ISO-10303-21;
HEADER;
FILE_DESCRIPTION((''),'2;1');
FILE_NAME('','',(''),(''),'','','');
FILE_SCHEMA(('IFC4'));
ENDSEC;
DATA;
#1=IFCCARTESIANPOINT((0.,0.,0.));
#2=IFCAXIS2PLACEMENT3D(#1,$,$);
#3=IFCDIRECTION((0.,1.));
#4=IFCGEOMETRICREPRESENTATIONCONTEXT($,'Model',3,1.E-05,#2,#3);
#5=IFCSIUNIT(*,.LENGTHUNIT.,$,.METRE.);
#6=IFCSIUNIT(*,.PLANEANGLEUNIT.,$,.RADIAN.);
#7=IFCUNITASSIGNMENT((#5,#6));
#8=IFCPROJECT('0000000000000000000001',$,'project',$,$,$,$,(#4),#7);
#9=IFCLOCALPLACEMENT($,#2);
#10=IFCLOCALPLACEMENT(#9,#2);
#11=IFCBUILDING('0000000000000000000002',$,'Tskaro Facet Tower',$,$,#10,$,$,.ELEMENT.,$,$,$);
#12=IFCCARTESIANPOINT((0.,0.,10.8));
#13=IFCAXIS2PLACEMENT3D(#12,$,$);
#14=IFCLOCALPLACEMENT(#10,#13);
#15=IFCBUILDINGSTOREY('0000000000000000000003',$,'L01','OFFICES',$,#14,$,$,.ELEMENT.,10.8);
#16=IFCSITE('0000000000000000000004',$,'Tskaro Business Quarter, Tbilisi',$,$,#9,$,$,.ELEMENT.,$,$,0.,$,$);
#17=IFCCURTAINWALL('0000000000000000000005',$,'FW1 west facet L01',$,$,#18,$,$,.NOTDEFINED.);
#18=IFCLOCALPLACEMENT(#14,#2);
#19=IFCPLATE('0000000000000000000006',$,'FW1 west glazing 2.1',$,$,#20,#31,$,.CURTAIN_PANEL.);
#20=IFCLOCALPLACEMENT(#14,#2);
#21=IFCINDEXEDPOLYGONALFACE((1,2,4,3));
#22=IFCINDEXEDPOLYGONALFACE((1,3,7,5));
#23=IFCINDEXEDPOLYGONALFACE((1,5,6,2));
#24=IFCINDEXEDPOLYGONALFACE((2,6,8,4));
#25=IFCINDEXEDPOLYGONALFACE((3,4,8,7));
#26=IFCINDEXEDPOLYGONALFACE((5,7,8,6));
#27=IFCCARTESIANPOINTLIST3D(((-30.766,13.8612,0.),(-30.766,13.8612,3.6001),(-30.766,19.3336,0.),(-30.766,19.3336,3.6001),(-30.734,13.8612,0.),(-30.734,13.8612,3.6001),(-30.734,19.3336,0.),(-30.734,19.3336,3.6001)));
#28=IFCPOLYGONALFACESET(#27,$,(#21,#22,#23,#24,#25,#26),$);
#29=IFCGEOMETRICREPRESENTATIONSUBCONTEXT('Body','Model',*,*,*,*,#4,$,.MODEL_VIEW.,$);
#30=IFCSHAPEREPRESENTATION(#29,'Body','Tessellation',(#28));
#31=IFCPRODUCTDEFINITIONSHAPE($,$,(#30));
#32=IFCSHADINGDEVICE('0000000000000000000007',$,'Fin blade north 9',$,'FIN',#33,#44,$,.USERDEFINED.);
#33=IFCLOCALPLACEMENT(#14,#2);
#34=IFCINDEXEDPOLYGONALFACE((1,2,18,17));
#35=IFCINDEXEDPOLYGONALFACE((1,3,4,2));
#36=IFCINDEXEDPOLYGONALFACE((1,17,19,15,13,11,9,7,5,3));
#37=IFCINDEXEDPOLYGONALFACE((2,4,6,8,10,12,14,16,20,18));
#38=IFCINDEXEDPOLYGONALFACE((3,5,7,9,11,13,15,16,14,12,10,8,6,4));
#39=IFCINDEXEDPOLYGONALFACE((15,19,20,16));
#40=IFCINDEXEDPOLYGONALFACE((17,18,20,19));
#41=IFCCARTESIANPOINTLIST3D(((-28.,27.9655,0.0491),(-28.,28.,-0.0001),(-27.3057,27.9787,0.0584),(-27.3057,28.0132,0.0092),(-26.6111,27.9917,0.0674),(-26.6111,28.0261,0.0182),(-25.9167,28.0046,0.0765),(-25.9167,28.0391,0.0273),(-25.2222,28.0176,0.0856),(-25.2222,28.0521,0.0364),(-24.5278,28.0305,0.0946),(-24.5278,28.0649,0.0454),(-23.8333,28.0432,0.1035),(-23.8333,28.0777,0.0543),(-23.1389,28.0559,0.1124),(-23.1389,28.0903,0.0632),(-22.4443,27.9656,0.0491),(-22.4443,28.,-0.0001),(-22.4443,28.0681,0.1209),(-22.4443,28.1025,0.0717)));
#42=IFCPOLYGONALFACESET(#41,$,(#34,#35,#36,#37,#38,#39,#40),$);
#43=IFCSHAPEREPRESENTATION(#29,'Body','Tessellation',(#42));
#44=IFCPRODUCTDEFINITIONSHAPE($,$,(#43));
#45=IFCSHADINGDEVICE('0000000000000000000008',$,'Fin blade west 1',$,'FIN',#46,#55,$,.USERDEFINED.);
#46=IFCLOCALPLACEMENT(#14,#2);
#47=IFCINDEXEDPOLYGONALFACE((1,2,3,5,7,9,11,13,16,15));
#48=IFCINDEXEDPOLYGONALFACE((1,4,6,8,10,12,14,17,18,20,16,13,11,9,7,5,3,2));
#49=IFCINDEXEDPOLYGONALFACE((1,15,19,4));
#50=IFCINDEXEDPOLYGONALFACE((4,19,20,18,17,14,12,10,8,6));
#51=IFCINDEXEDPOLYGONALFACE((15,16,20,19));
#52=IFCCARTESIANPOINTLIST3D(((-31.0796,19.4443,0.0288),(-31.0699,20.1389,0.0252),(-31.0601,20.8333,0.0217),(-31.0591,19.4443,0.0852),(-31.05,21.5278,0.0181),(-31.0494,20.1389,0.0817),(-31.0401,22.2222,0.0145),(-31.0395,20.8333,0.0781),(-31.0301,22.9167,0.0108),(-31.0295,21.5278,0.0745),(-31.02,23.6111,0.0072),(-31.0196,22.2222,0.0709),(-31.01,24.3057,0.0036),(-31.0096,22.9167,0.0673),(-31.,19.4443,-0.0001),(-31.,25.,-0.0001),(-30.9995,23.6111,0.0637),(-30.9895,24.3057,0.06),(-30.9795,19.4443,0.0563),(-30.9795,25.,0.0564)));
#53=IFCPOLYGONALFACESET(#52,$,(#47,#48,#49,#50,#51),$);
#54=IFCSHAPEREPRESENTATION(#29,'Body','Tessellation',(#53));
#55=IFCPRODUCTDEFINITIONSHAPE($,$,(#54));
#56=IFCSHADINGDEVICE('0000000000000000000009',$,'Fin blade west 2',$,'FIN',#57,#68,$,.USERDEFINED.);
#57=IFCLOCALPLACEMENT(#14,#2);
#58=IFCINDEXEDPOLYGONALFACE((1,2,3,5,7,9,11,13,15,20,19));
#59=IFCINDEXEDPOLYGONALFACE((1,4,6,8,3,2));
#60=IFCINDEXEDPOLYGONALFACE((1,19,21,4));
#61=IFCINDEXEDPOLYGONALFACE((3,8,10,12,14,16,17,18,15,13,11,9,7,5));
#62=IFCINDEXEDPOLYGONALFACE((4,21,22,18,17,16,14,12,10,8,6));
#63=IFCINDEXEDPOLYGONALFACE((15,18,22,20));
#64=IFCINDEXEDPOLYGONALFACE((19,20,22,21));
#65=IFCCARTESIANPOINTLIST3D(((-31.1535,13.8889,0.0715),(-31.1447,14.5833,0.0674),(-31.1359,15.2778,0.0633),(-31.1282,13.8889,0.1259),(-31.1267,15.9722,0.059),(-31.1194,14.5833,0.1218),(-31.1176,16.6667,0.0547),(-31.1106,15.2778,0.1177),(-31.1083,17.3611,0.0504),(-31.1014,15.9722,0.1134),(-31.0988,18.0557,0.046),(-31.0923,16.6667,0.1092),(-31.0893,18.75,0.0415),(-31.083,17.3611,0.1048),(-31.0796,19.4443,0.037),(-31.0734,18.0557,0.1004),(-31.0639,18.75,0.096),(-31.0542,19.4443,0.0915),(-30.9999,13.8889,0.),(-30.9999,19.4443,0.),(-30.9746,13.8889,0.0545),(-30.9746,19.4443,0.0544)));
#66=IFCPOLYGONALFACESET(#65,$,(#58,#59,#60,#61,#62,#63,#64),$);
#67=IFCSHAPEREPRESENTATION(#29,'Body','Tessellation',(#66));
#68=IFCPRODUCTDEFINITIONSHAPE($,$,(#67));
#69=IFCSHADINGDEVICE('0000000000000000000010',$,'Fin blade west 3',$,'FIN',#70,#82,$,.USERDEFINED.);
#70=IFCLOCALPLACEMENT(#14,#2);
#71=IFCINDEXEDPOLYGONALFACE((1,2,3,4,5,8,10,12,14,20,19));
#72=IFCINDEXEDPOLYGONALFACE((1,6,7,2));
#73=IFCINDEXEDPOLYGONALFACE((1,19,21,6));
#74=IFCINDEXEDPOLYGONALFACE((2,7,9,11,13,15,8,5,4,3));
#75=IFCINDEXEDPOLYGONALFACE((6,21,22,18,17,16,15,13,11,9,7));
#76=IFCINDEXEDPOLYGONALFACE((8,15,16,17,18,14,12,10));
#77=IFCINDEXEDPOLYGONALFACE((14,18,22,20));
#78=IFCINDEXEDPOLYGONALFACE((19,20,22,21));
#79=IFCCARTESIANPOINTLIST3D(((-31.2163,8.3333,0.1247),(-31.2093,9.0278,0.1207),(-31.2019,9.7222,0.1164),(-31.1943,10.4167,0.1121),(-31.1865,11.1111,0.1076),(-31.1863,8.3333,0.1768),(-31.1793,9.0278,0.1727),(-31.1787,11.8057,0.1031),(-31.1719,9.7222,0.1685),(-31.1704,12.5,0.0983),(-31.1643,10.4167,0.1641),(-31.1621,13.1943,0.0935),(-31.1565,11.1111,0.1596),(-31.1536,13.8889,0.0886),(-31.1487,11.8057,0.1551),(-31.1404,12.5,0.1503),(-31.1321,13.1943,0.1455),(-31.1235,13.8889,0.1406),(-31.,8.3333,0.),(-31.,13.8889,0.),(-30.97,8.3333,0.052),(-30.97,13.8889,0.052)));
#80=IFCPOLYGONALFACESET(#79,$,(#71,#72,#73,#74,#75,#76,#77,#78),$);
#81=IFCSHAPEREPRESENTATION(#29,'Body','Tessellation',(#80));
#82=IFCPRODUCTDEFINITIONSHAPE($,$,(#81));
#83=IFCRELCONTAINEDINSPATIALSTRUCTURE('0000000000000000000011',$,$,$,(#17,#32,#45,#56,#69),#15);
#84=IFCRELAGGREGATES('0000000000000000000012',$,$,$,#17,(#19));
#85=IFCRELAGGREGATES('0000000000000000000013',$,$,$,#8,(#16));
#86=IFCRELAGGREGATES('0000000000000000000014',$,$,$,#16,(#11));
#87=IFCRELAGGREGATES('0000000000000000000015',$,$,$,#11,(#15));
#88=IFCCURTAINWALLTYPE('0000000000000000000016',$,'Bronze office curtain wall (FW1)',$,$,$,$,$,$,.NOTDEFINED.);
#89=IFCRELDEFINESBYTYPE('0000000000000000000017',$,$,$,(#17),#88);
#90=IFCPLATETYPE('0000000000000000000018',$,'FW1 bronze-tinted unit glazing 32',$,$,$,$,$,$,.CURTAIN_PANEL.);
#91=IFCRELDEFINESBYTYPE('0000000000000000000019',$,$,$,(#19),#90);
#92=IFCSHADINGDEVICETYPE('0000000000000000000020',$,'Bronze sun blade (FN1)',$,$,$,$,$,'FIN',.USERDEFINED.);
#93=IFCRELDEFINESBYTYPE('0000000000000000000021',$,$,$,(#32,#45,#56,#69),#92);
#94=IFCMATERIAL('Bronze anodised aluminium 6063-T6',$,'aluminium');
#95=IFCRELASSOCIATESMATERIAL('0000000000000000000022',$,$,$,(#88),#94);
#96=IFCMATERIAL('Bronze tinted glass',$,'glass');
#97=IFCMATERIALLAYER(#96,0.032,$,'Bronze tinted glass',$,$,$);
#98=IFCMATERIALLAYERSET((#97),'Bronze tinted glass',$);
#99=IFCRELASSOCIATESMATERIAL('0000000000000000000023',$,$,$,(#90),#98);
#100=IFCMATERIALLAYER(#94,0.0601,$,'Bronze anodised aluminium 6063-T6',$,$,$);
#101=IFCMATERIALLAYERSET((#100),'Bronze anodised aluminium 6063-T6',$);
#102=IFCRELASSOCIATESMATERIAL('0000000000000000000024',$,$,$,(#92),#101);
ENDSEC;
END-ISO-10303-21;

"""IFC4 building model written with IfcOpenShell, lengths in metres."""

from ifc_helpers import new_model, si_unit, direction, frame, origin, origin_2d, place, context, subcontext, project, spatial, polyline, rectangle, outline, extrude, material, layer, layer_set, type_object, element, aggregate, save


model = new_model("IFC4")

# Units and contexts
model_context = context("Model", 3, precision=1e-05, world=origin(), true_north=direction((0.0, 1.0)))
body_context = subcontext(model_context, "Body", "Model", "MODEL_VIEW")
ifc_project = project(units=[si_unit("LENGTHUNIT", "METRE"), si_unit("PLANEANGLEUNIT", "RADIAN")], contexts=[model_context])

# Site, building, storey
site_placement = place(None, origin())
site = spatial("IfcSite", under=ifc_project, at=site_placement, Name="Tskaro Business Quarter, Tbilisi", CompositionType="ELEMENT", RefElevation=0.0)
building_placement = place(site_placement, origin())
building = spatial("IfcBuilding", under=site, at=building_placement, Name="Tskaro Facet Tower", CompositionType="ELEMENT")
storey_placement = place(building_placement, frame((0.0, 0.0, 10.8)))
storey = spatial("IfcBuildingStorey", under=building, at=storey_placement, Name="L01", Description="OFFICES", CompositionType="ELEMENT", Elevation=10.8)

# Curtain wall
ifc_material_1 = material(Name="Bronze anodised aluminium 6063-T6", Category="aluminium")
curtain_wall_type = type_object("IfcCurtainWallType", Name="Bronze office curtain wall (FW1)", PredefinedType="NOTDEFINED", material=ifc_material_1)
curtain_wall_1_placement = place(storey_placement, origin())
curtain_wall_1 = element("IfcCurtainWall", 1, at=curtain_wall_1_placement, inside=storey, type_object=curtain_wall_type, Name="FW1 west facet L01", PredefinedType="NOTDEFINED")

# Plate
ifc_material_2 = material(Name="Bronze tinted glass", Category="glass")
ifc_layer_1 = layer(ifc_material_2, 0.032, Name="Bronze tinted glass")
ifc_layer_set_1 = layer_set([ifc_layer_1], Name="Bronze tinted glass")
plate_type = type_object("IfcPlateType", Name="FW1 bronze-tinted unit glazing 32", PredefinedType="CURTAIN_PANEL", material=ifc_layer_set_1)
plate_1_placement = place(storey_placement, frame((-30.75, 16.5974, 0.0), z_axis=(0.0, 0.0, 1.0), x_axis=(0.0, -1.0, 0.0)))
plate_1 = element("IfcPlate", 2, at=plate_1_placement, type_object=plate_type, Name="FW1 west glazing 2.1", PredefinedType="CURTAIN_PANEL", context=body_context, shape_type="SweptSolid", body=[
    extrude(rectangle(XDim=5.4724, YDim=0.032, at=origin_2d()), origin(), (0.0, 0.0, 1.0), 3.6001),
])
aggregate(curtain_wall_1, [plate_1])

# Shading devices
ifc_layer_2 = layer(ifc_material_1, 0.0601, Name="Bronze anodised aluminium 6063-T6")
ifc_layer_set_2 = layer_set([ifc_layer_2], Name="Bronze anodised aluminium 6063-T6")
shading_device_type = type_object("IfcShadingDeviceType", Name="Bronze sun blade (FN1)", ElementType="FIN", PredefinedType="USERDEFINED", material=ifc_layer_set_2)
shading_device_1_placement = place(storey_placement, frame((-22.4443, 27.9656, 0.0491), z_axis=(0.000013, -0.573915, 0.818915), x_axis=(-1.0, -0.000007, 0.00001)))
element("IfcShadingDevice", 3, at=shading_device_1_placement, inside=storey, type_object=shading_device_type, Name="Fin blade north 9", ObjectType="FIN", PredefinedType="USERDEFINED", context=body_context, shape_type="SweptSolid", body=[
    extrude(outline(polyline([(0.0, 0.0), (5.5557, 0.0), (4.8613, -0.0161), (4.1667, -0.0319), (3.4724, -0.0477), (2.7778, -0.0636), (2.0835, -0.0792), (1.3889, -0.0948), (0.6946, -0.1103), (0.0, -0.1252), (0.0, 0.0)])), origin(), (0.0, 0.0, -1.0), 0.0601),
])
shading_device_2_placement = place(storey_placement, frame((-30.9795, 25.0, 0.0564), z_axis=(0.341513, -0.000019, 0.939877), x_axis=(-0.000006, -1.0, -0.000018)))
element("IfcShadingDevice", 4, at=shading_device_2_placement, inside=storey, type_object=shading_device_type, Name="Fin blade west 1", ObjectType="FIN", PredefinedType="USERDEFINED", context=body_context, shape_type="SweptSolid", body=[
    extrude(outline(polyline([(0.0, 0.0), (5.5557, 0.0), (5.5557, -0.0846), (4.8611, -0.0743), (4.1667, -0.0639), (3.4722, -0.0532), (2.7778, -0.0426), (2.0833, -0.032), (1.3889, -0.0213), (0.6943, -0.0107), (0.0, 0.0)])), origin(), (0.0, 0.0, -1.0), 0.0601),
])
shading_device_3_placement = place(storey_placement, frame((-30.9746, 19.4443, 0.0544), z_axis=(0.421697, 0.000007, 0.906737), x_axis=(0.000003, -1.0, 0.000007)))
element("IfcShadingDevice", 5, at=shading_device_3_placement, inside=storey, type_object=shading_device_type, Name="Fin blade west 2", ObjectType="FIN", PredefinedType="USERDEFINED", context=body_context, shape_type="SweptSolid", body=[
    extrude(outline(polyline([(0.0, 0.0), (5.5554, 0.0), (5.5554, -0.1694), (4.8611, -0.1597), (4.1665, -0.15), (3.4722, -0.1398), (2.7776, -0.1298), (2.0833, -0.1195), (1.3887, -0.109), (0.6943, -0.0985), (0.0, -0.0878), (0.0, 0.0)])), origin(), (0.0, 0.0, -1.0), 0.0601),
])
shading_device_4_placement = place(storey_placement, frame((-30.97, 13.8889, 0.052), z_axis=(0.499761, -0.000006, 0.866163), x_axis=(-0.000003, -1.0, -0.000005)))
element("IfcShadingDevice", 6, at=shading_device_4_placement, inside=storey, type_object=shading_device_type, Name="Fin blade west 3", ObjectType="FIN", PredefinedType="USERDEFINED", context=body_context, shape_type="SweptSolid", body=[
    extrude(outline(polyline([(0.0, 0.0), (5.5557, 0.0), (5.5557, -0.2497), (4.8611, -0.2416), (4.1667, -0.2331), (3.4722, -0.2243), (2.7778, -0.2154), (2.0833, -0.2063), (1.3889, -0.1968), (0.6946, -0.1871), (0.0, -0.1773), (0.0, 0.0)])), origin(), (0.0, 0.0, -1.0), 0.0601),
])

save(model, "model.ifc")
